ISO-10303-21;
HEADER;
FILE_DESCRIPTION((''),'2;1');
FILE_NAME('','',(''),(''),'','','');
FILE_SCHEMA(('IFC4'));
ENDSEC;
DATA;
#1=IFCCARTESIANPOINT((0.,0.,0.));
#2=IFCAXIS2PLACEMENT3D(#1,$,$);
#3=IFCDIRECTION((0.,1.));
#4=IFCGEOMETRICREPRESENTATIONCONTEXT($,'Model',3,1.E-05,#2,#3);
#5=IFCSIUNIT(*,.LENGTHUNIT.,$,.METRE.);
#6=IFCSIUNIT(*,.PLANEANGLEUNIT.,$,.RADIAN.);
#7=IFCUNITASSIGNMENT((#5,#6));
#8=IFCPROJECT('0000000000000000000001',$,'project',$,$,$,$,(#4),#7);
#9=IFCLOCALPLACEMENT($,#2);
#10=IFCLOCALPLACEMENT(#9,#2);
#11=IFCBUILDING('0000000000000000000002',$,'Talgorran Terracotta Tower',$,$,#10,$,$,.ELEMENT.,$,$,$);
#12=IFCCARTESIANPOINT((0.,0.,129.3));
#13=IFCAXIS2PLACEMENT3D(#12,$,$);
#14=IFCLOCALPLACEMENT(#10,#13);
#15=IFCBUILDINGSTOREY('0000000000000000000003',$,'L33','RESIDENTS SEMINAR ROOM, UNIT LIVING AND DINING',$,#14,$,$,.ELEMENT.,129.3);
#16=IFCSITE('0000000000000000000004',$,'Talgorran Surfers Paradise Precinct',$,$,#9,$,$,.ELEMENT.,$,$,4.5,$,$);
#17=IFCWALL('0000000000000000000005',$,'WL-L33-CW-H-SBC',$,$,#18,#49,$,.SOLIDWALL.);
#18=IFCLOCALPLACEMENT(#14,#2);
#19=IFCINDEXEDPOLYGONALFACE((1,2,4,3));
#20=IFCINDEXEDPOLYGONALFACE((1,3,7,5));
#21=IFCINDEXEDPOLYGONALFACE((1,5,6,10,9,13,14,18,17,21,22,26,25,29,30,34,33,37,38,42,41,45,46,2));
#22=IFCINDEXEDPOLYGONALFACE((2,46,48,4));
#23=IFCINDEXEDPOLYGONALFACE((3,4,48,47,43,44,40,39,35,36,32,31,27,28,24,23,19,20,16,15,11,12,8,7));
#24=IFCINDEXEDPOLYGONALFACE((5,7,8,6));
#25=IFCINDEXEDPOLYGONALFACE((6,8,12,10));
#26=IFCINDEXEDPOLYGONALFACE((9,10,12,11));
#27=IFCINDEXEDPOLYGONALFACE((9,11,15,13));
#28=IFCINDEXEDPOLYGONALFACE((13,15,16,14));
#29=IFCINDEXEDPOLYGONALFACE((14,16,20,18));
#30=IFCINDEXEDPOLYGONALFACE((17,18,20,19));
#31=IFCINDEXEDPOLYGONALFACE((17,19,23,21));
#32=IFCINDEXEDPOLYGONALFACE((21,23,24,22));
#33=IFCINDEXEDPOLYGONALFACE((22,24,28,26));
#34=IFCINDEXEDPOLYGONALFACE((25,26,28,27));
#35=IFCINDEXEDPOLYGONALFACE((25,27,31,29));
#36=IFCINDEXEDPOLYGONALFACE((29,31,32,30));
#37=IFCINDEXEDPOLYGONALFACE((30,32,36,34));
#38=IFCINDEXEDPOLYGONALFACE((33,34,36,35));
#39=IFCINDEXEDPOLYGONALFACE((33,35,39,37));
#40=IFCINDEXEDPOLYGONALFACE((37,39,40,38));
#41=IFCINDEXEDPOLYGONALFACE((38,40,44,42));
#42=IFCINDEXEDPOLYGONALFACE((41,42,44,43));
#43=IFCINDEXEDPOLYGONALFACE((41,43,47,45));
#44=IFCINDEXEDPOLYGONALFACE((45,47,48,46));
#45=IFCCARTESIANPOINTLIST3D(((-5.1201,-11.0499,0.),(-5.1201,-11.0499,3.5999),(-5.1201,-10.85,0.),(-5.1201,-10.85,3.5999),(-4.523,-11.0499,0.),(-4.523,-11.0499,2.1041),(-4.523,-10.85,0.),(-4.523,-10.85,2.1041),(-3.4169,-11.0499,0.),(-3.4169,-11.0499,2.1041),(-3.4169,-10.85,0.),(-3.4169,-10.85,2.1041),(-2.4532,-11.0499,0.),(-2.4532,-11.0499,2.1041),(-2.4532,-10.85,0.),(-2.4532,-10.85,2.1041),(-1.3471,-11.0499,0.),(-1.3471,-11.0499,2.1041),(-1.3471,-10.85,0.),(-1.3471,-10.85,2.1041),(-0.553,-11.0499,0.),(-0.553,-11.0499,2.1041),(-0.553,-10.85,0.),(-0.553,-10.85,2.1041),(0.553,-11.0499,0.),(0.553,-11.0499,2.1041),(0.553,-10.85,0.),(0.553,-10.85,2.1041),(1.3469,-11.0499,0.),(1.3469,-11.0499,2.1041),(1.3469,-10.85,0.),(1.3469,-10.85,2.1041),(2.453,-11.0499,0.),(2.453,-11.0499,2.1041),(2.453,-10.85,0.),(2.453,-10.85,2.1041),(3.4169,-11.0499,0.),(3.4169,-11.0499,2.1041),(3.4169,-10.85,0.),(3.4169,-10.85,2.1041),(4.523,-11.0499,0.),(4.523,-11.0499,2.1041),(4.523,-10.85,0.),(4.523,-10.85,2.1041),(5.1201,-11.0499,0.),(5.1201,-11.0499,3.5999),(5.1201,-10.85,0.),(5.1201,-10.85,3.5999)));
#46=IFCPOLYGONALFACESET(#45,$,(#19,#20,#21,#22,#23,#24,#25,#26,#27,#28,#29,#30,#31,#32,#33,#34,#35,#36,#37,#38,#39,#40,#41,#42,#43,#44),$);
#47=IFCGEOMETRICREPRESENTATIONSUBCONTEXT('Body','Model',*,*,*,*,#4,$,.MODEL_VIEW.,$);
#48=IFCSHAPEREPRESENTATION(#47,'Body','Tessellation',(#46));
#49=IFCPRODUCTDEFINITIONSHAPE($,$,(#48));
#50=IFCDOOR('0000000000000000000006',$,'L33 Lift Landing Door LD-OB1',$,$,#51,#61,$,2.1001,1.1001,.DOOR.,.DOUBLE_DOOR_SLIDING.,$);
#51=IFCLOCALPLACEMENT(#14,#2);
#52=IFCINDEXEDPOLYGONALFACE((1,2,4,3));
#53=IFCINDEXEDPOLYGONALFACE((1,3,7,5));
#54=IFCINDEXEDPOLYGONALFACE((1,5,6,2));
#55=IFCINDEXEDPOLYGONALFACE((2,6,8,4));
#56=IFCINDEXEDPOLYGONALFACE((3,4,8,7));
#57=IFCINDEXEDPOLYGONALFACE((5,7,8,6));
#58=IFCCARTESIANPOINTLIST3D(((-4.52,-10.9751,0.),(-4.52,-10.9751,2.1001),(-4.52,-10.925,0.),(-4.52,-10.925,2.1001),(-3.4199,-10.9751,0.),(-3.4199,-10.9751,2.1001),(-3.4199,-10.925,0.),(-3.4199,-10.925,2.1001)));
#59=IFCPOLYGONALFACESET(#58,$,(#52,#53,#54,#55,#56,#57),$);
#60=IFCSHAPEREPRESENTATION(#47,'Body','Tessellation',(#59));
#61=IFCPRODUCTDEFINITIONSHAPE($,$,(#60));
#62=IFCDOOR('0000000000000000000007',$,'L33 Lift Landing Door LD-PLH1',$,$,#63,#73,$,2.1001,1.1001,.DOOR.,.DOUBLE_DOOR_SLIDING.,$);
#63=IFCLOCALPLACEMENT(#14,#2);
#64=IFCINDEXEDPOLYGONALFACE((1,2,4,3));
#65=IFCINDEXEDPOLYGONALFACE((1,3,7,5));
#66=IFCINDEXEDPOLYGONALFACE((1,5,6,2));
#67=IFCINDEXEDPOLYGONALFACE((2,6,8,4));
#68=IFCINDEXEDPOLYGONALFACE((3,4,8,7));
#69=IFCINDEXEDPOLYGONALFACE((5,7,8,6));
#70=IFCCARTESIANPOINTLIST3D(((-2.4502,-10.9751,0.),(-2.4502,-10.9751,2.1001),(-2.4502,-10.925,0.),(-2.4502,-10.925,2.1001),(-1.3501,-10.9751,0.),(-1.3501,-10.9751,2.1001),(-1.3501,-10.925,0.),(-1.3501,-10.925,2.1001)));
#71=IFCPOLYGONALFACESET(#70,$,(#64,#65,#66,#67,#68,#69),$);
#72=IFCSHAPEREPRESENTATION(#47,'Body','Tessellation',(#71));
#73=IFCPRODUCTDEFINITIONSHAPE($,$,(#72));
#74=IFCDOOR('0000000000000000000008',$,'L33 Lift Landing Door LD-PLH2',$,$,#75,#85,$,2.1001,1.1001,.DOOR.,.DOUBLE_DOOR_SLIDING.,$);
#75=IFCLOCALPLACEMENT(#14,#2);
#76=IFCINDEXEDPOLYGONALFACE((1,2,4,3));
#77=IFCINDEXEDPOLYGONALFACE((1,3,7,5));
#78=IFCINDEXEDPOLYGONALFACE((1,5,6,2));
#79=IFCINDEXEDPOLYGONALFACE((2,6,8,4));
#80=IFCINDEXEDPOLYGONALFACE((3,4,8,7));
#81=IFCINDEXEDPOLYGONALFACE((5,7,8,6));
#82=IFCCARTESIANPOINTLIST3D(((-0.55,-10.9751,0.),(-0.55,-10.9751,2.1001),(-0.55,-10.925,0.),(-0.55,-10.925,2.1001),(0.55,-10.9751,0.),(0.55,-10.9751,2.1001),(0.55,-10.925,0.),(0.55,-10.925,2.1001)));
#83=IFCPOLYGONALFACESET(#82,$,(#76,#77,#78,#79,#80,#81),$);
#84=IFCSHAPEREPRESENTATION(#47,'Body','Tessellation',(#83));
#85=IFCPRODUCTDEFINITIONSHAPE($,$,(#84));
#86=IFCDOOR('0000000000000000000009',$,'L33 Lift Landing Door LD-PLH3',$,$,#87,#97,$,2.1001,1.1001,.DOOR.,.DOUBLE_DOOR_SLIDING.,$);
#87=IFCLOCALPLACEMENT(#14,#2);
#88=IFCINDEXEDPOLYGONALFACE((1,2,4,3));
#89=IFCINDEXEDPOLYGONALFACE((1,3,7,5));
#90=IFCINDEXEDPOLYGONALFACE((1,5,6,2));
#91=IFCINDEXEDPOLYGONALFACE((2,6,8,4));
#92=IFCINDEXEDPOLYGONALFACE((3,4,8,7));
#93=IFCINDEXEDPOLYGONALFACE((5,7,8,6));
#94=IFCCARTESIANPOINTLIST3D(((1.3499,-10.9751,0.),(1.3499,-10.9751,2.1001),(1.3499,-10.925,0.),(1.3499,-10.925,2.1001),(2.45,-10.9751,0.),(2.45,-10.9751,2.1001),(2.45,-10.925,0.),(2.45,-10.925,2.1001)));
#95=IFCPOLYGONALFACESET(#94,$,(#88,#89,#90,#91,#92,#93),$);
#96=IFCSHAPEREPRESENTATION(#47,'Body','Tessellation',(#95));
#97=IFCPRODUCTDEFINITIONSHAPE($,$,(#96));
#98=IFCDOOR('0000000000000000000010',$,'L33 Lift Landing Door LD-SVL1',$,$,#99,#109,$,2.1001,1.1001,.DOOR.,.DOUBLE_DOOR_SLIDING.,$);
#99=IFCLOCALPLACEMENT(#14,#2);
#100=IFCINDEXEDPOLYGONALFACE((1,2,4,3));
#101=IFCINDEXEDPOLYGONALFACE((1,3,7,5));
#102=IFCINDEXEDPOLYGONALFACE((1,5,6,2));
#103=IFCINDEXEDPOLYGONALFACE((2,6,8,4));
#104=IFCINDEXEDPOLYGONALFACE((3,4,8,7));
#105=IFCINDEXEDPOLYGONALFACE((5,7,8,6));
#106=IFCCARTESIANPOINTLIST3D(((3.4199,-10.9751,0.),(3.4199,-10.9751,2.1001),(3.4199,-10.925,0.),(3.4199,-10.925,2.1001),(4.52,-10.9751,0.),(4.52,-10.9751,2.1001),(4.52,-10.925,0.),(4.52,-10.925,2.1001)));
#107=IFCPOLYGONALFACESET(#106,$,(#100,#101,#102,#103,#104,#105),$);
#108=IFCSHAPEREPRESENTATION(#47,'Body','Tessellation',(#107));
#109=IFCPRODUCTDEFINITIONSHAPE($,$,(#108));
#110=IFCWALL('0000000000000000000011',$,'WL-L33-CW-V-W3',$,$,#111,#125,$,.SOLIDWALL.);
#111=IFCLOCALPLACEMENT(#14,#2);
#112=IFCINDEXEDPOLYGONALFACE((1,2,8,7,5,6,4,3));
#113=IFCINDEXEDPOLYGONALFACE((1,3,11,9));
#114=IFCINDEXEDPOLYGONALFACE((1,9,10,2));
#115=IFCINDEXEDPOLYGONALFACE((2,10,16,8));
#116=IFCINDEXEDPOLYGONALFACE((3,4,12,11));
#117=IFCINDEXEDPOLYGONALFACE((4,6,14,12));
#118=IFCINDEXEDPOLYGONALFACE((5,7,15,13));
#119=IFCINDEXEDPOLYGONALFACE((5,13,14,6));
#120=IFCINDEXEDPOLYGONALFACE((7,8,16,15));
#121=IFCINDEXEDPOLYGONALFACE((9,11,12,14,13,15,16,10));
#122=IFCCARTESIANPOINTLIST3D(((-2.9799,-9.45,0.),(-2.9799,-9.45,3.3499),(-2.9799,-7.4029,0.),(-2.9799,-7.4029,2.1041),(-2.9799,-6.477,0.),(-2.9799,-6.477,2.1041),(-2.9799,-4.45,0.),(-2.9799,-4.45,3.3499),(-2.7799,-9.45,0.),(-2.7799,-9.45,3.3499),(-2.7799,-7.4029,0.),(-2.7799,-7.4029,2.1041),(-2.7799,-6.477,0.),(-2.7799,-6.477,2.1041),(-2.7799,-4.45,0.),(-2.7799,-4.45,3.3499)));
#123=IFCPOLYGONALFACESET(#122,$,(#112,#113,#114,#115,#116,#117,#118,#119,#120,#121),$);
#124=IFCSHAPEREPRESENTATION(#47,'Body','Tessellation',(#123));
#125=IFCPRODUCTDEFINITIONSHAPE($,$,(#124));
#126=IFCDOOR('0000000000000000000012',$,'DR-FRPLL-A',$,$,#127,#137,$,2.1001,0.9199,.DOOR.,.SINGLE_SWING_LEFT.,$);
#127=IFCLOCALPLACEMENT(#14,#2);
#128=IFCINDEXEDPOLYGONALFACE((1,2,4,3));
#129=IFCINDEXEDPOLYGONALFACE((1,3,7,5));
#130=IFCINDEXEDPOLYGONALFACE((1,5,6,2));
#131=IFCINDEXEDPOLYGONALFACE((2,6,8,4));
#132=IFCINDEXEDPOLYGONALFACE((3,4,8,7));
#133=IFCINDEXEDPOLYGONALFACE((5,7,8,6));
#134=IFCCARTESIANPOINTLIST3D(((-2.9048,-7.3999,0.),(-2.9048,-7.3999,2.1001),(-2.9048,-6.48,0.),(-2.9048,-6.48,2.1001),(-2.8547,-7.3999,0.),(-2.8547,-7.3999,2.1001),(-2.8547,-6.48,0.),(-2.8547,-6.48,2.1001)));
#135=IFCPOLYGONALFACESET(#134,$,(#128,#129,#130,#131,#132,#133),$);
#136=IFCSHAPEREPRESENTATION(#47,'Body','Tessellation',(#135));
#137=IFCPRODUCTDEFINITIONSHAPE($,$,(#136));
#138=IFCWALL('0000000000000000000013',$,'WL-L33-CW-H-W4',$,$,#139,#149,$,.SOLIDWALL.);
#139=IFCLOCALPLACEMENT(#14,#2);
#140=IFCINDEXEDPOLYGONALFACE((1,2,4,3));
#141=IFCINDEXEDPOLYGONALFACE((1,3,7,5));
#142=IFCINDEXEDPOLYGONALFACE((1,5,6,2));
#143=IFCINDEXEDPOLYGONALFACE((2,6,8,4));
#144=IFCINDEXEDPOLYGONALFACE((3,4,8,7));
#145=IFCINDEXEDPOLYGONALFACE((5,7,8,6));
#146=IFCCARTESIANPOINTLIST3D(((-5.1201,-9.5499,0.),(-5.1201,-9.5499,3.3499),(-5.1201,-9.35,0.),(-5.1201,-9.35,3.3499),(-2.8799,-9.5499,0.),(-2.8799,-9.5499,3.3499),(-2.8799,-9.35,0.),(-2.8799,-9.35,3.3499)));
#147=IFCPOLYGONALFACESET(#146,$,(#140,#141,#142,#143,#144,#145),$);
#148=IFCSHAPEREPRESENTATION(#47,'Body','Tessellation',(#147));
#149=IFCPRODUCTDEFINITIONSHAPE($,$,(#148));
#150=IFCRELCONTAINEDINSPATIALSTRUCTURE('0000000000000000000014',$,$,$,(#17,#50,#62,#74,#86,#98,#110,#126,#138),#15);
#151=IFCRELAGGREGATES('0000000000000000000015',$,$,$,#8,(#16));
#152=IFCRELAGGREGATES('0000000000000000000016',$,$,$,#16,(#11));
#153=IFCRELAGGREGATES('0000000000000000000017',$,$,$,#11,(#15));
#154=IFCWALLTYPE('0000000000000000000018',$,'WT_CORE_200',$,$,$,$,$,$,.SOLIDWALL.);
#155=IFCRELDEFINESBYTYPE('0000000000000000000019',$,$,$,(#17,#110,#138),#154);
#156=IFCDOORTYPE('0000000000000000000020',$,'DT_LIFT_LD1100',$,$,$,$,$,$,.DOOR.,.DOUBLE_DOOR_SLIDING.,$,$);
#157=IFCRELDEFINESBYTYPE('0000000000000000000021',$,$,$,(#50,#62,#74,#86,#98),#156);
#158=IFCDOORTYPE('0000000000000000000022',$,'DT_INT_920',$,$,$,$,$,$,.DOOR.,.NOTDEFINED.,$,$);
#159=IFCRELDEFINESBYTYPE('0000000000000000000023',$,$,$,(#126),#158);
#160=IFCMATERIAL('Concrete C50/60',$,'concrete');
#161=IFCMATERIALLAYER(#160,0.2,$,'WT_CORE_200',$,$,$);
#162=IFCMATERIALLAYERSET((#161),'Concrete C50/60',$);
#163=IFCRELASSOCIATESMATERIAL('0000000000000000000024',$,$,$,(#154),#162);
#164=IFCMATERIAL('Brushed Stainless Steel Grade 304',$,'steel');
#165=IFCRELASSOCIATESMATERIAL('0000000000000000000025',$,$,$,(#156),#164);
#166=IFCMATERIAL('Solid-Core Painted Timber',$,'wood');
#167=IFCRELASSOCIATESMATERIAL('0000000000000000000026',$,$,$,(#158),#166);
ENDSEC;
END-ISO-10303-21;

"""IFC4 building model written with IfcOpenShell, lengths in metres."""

from ifc_helpers import new_model, si_unit, direction, frame, frame_2d, origin, place, context, subcontext, project, spatial, rectangle, extrude, material, layer, layer_set, type_object, element, fill, save


model = new_model("IFC4")

# Units and contexts
model_context = context("Model", 3, precision=1e-05, world=origin(), true_north=direction((0.0, 1.0)))
body_context = subcontext(model_context, "Body", "Model", "MODEL_VIEW")
ifc_project = project(units=[si_unit("LENGTHUNIT", "METRE"), si_unit("PLANEANGLEUNIT", "RADIAN")], contexts=[model_context])

# Site, building, storey
site_placement = place(None, origin())
site = spatial("IfcSite", under=ifc_project, at=site_placement, Name="Talgorran Surfers Paradise Precinct", CompositionType="ELEMENT", RefElevation=4.5)
building_placement = place(site_placement, origin())
building = spatial("IfcBuilding", under=site, at=building_placement, Name="Talgorran Terracotta Tower", CompositionType="ELEMENT")
storey_placement = place(building_placement, frame((0.0, 0.0, 129.3)))
storey = spatial("IfcBuildingStorey", under=building, at=storey_placement, Name="L33", Description="RESIDENTS SEMINAR ROOM, UNIT LIVING AND DINING", CompositionType="ELEMENT", Elevation=129.3)

# Shared definitions
ifc_material_1 = material(Name="Concrete C50/60", Category="concrete")

# Wall, openings, doors
ifc_layer_1 = layer(ifc_material_1, 0.2, Name="WT_CORE_200")
ifc_layer_set_1 = layer_set([ifc_layer_1], Name="Concrete C50/60")
wall_type_1 = type_object("IfcWallType", Name="WT_CORE_200", PredefinedType="SOLIDWALL", material=ifc_layer_set_1)
ifc_material_2 = material(Name="Brushed Stainless Steel Grade 304", Category="steel")
door_type_1 = type_object("IfcDoorType", Name="DT_LIFT_LD1100", OperationType="DOUBLE_DOOR_SLIDING", PredefinedType="DOOR", material=ifc_material_2)
wall_1_placement = place(storey_placement, frame((-5.1201, -10.95, 0.0), z_axis=(0.0, 0.0, 1.0), x_axis=(1.0, 0.0, 0.0)))
wall_1 = element("IfcWall", 1, at=wall_1_placement, inside=storey, type_object=wall_type_1, Name="WL-L33-CW-H-SBC", PredefinedType="SOLIDWALL", context=body_context, shape_type="SweptSolid", body=[
    extrude(rectangle(XDim=10.2402, YDim=0.2, at=frame_2d((5.1201, 0.0))), origin(), (0.0, 0.0, 1.0), 3.5999),
])
opening_1_placement = place(wall_1_placement, frame((0.6001, 0.0, 0.0)))
opening_1 = element("IfcOpeningElement", 2, at=opening_1_placement, cuts=wall_1, PredefinedType="OPENING", context=body_context, shape_type="SweptSolid", body=[
    extrude(rectangle(XDim=1.1061, YDim=2.1041, at=frame_2d((0.55, 1.052))), frame((0.0, 0.1099, 0.0), z_axis=(0.0, -1.0, 0.0), x_axis=(1.0, 0.0, 0.0)), (0.0, 0.0, 1.0), 0.22),
])
opening_2_placement = place(wall_1_placement, frame((2.6699, 0.0, 0.0)))
opening_2 = element("IfcOpeningElement", 3, at=opening_2_placement, cuts=wall_1, PredefinedType="OPENING", context=body_context, shape_type="SweptSolid", body=[
    extrude(rectangle(XDim=1.1061, YDim=2.1041, at=frame_2d((0.55, 1.052))), frame((0.0, 0.1099, 0.0), z_axis=(0.0, -1.0, 0.0), x_axis=(1.0, 0.0, 0.0)), (0.0, 0.0, 1.0), 0.22),
])
opening_3_placement = place(wall_1_placement, frame((4.5701, 0.0, 0.0)))
opening_3 = element("IfcOpeningElement", 4, at=opening_3_placement, cuts=wall_1, PredefinedType="OPENING", context=body_context, shape_type="SweptSolid", body=[
    extrude(rectangle(XDim=1.1061, YDim=2.1041, at=frame_2d((0.55, 1.052))), frame((0.0, 0.1099, 0.0), z_axis=(0.0, -1.0, 0.0), x_axis=(1.0, 0.0, 0.0)), (0.0, 0.0, 1.0), 0.22),
])
opening_4_placement = place(wall_1_placement, frame((6.47, 0.0, 0.0)))
opening_4 = element("IfcOpeningElement", 5, at=opening_4_placement, cuts=wall_1, PredefinedType="OPENING", context=body_context, shape_type="SweptSolid", body=[
    extrude(rectangle(XDim=1.1061, YDim=2.1041, at=frame_2d((0.55, 1.052))), frame((0.0, 0.1099, 0.0), z_axis=(0.0, -1.0, 0.0), x_axis=(1.0, 0.0, 0.0)), (0.0, 0.0, 1.0), 0.22),
])
opening_5_placement = place(wall_1_placement, frame((8.54, 0.0, 0.0)))
opening_5 = element("IfcOpeningElement", 6, at=opening_5_placement, cuts=wall_1, PredefinedType="OPENING", context=body_context, shape_type="SweptSolid", body=[
    extrude(rectangle(XDim=1.1061, YDim=2.1041, at=frame_2d((0.55, 1.052))), frame((0.0, 0.1099, 0.0), z_axis=(0.0, -1.0, 0.0), x_axis=(1.0, 0.0, 0.0)), (0.0, 0.0, 1.0), 0.22),
])
door_1_placement = place(opening_1_placement, origin())
door_1 = element("IfcDoor", 7, at=door_1_placement, inside=storey, type_object=door_type_1, Name="L33 Lift Landing Door LD-OB1", OperationType="DOUBLE_DOOR_SLIDING", OverallHeight=2.1001, OverallWidth=1.1001, PredefinedType="DOOR", context=body_context, shape_type="SweptSolid", body=[
    extrude(rectangle(XDim=1.1001, YDim=2.1001, at=frame_2d((0.55, 1.05))), frame((0.0, 0.0249, 0.0), z_axis=(0.0, -1.0, 0.0), x_axis=(1.0, 0.0, 0.0)), (0.0, 0.0, 1.0), 0.05),
])
fill(opening_1, door_1)
door_2_placement = place(opening_2_placement, origin())
door_2 = element("IfcDoor", 8, at=door_2_placement, inside=storey, type_object=door_type_1, Name="L33 Lift Landing Door LD-PLH1", OperationType="DOUBLE_DOOR_SLIDING", OverallHeight=2.1001, OverallWidth=1.1001, PredefinedType="DOOR", context=body_context, shape_type="SweptSolid", body=[
    extrude(rectangle(XDim=1.1001, YDim=2.1001, at=frame_2d((0.55, 1.05))), frame((0.0, 0.0249, 0.0), z_axis=(0.0, -1.0, 0.0), x_axis=(1.0, 0.0, 0.0)), (0.0, 0.0, 1.0), 0.05),
])
fill(opening_2, door_2)
door_3_placement = place(opening_3_placement, origin())
door_3 = element("IfcDoor", 9, at=door_3_placement, inside=storey, type_object=door_type_1, Name="L33 Lift Landing Door LD-PLH2", OperationType="DOUBLE_DOOR_SLIDING", OverallHeight=2.1001, OverallWidth=1.1001, PredefinedType="DOOR", context=body_context, shape_type="SweptSolid", body=[
    extrude(rectangle(XDim=1.1001, YDim=2.1001, at=frame_2d((0.55, 1.05))), frame((0.0, 0.0249, 0.0), z_axis=(0.0, -1.0, 0.0), x_axis=(1.0, 0.0, 0.0)), (0.0, 0.0, 1.0), 0.05),
])
fill(opening_3, door_3)
door_4_placement = place(opening_4_placement, origin())
door_4 = element("IfcDoor", 10, at=door_4_placement, inside=storey, type_object=door_type_1, Name="L33 Lift Landing Door LD-PLH3", OperationType="DOUBLE_DOOR_SLIDING", OverallHeight=2.1001, OverallWidth=1.1001, PredefinedType="DOOR", context=body_context, shape_type="SweptSolid", body=[
    extrude(rectangle(XDim=1.1001, YDim=2.1001, at=frame_2d((0.55, 1.05))), frame((0.0, 0.0249, 0.0), z_axis=(0.0, -1.0, 0.0), x_axis=(1.0, 0.0, 0.0)), (0.0, 0.0, 1.0), 0.05),
])
fill(opening_4, door_4)
door_5_placement = place(opening_5_placement, origin())
door_5 = element("IfcDoor", 11, at=door_5_placement, inside=storey, type_object=door_type_1, Name="L33 Lift Landing Door LD-SVL1", OperationType="DOUBLE_DOOR_SLIDING", OverallHeight=2.1001, OverallWidth=1.1001, PredefinedType="DOOR", context=body_context, shape_type="SweptSolid", body=[
    extrude(rectangle(XDim=1.1001, YDim=2.1001, at=frame_2d((0.55, 1.05))), frame((0.0, 0.0249, 0.0), z_axis=(0.0, -1.0, 0.0), x_axis=(1.0, 0.0, 0.0)), (0.0, 0.0, 1.0), 0.05),
])
fill(opening_5, door_5)

# Wall, opening, door
wall_2_placement = place(storey_placement, frame((-2.8799, -9.45, 0.0), z_axis=(0.0, 0.0, 1.0), x_axis=(0.0, 1.0, 0.0)))
wall_2 = element("IfcWall", 12, at=wall_2_placement, inside=storey, type_object=wall_type_1, Name="WL-L33-CW-V-W3", PredefinedType="SOLIDWALL", context=body_context, shape_type="SweptSolid", body=[
    extrude(rectangle(XDim=5.0, YDim=0.2, at=frame_2d((2.5, 0.0))), origin(), (0.0, 0.0, 1.0), 3.3499),
])
opening_6_placement = place(wall_2_placement, frame((2.05, 0.0, 0.0)))
opening_6 = element("IfcOpeningElement", 13, at=opening_6_placement, cuts=wall_2, PredefinedType="OPENING", context=body_context, shape_type="SweptSolid", body=[
    extrude(rectangle(XDim=0.9259, YDim=2.1041, at=frame_2d((0.46, 1.052))), frame((0.0, 0.1099, 0.0), z_axis=(0.0, -1.0, 0.0), x_axis=(1.0, 0.0, 0.0)), (0.0, 0.0, 1.0), 0.22),
])
ifc_material_3 = material(Name="Solid-Core Painted Timber", Category="wood")
door_type_2 = type_object("IfcDoorType", Name="DT_INT_920", OperationType="NOTDEFINED", PredefinedType="DOOR", material=ifc_material_3)
door_6_placement = place(opening_6_placement, origin())
door_6 = element("IfcDoor", 14, at=door_6_placement, inside=storey, type_object=door_type_2, Name="DR-FRPLL-A", OperationType="SINGLE_SWING_LEFT", OverallHeight=2.1001, OverallWidth=0.9199, PredefinedType="DOOR", context=body_context, shape_type="SweptSolid", body=[
    extrude(rectangle(XDim=0.9199, YDim=2.1001, at=frame_2d((0.46, 1.05))), frame((0.0, 0.0249, 0.0), z_axis=(0.0, -1.0, 0.0), x_axis=(1.0, 0.0, 0.0)), (0.0, 0.0, 1.0), 0.05),
])
fill(opening_6, door_6)

# Wall
wall_3_placement = place(storey_placement, frame((-5.1201, -9.45, 0.0), z_axis=(0.0, 0.0, 1.0), x_axis=(1.0, 0.0, 0.0)))
element("IfcWall", 15, at=wall_3_placement, inside=storey, type_object=wall_type_1, Name="WL-L33-CW-H-W4", PredefinedType="SOLIDWALL", context=body_context, shape_type="SweptSolid", body=[
    extrude(rectangle(XDim=2.2402, YDim=0.2, at=frame_2d((1.1201, 0.0))), origin(), (0.0, 0.0, 1.0), 3.3499),
])

save(model, "model.ifc")
